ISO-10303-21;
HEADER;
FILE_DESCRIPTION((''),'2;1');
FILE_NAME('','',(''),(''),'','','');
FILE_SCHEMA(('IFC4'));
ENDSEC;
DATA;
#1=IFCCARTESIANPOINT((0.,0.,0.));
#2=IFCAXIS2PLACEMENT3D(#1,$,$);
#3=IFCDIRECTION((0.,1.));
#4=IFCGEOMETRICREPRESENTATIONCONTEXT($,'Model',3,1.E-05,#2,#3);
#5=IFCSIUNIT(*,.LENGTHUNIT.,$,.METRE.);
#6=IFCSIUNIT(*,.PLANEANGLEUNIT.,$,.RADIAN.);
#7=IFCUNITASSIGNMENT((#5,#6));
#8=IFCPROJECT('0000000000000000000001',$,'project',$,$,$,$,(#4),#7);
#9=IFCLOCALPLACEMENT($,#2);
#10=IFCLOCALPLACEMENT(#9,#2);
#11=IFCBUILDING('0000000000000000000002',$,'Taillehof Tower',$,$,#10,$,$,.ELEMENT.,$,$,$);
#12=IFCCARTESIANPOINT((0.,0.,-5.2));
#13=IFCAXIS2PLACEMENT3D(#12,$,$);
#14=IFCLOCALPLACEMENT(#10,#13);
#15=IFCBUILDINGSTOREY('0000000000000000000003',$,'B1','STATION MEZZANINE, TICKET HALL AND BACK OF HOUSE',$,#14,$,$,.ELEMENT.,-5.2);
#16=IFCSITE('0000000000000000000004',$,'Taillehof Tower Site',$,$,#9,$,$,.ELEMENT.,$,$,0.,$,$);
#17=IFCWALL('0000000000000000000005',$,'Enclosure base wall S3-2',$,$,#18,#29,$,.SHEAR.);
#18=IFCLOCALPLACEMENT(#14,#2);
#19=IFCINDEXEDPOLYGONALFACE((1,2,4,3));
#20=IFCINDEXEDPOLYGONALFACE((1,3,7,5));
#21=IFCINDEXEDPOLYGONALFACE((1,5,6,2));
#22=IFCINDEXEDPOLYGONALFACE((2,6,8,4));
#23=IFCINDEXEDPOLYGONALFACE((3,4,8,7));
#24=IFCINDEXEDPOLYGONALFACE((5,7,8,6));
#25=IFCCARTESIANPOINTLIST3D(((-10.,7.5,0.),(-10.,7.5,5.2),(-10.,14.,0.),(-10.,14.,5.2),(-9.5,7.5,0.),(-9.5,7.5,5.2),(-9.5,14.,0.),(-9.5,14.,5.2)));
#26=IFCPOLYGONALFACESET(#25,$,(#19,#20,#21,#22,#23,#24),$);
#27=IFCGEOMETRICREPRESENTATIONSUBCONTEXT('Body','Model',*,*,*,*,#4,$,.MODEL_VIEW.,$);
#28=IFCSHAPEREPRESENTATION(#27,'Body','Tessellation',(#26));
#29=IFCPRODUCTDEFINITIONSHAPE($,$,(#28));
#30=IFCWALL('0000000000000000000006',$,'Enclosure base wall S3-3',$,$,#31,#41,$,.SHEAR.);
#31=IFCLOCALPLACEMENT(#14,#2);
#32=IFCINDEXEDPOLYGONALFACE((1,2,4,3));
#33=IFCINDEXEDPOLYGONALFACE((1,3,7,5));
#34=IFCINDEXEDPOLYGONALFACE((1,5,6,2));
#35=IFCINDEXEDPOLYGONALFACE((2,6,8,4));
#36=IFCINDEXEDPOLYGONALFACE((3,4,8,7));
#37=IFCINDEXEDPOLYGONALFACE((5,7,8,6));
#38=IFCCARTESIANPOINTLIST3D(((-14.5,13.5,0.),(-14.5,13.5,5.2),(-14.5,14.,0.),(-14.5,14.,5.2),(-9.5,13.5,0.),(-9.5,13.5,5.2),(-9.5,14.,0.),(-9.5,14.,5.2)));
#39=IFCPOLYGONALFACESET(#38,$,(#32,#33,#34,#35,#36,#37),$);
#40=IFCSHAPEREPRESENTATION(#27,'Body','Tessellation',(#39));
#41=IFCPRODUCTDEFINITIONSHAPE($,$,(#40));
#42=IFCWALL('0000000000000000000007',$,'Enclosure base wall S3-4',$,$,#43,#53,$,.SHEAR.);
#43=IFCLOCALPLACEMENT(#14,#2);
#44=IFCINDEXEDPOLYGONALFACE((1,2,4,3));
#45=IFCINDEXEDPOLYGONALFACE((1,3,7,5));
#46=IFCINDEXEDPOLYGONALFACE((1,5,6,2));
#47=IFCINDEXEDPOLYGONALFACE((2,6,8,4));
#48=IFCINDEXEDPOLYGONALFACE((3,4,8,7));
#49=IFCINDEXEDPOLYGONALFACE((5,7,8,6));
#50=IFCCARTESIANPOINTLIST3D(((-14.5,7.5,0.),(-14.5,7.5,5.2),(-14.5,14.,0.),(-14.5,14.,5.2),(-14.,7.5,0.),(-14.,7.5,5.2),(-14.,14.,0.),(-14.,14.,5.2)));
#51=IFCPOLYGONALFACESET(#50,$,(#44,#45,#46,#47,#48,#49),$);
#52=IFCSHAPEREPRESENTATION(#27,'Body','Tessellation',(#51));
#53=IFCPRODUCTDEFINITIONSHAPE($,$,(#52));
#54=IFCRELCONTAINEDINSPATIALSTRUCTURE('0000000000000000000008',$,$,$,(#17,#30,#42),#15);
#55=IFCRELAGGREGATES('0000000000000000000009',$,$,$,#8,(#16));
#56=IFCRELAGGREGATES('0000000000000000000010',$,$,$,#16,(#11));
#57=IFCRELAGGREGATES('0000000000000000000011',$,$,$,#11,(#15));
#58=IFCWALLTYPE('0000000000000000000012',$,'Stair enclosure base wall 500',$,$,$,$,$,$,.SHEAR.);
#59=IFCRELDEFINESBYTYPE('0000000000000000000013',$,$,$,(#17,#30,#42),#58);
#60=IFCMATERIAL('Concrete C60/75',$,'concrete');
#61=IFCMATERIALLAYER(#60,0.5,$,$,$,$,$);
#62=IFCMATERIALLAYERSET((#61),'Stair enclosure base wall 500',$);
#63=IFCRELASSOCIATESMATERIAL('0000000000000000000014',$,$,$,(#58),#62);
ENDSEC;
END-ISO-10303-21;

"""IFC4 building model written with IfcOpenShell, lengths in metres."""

from ifc_helpers import new_model, si_unit, direction, frame, frame_2d, origin, place, context, subcontext, project, spatial, rectangle, extrude, material, layer, layer_set, type_object, element, save


model = new_model("IFC4")

# Units and contexts
model_context = context("Model", 3, precision=1e-05, world=origin(), true_north=direction((0.0, 1.0)))
body_context = subcontext(model_context, "Body", "Model", "MODEL_VIEW")
ifc_project = project(units=[si_unit("LENGTHUNIT", "METRE"), si_unit("PLANEANGLEUNIT", "RADIAN")], contexts=[model_context])

# Site, building, storey
site_placement = place(None, origin())
site = spatial("IfcSite", under=ifc_project, at=site_placement, Name="Taillehof Tower Site", CompositionType="ELEMENT", RefElevation=0.0)
building_placement = place(site_placement, origin())
building = spatial("IfcBuilding", under=site, at=building_placement, Name="Taillehof Tower", CompositionType="ELEMENT")
storey_placement = place(building_placement, frame((0.0, 0.0, -5.2)))
storey = spatial("IfcBuildingStorey", under=building, at=storey_placement, Name="B1", Description="STATION MEZZANINE, TICKET HALL AND BACK OF HOUSE", CompositionType="ELEMENT", Elevation=-5.2)

# Walls
ifc_material_1 = material(Name="Concrete C60/75", Category="concrete")
ifc_layer_1 = layer(ifc_material_1, 0.5)
ifc_layer_set_1 = layer_set([ifc_layer_1], Name="Stair enclosure base wall 500")
wall_type_1 = type_object("IfcWallType", Name="Stair enclosure base wall 500", PredefinedType="SHEAR", material=ifc_layer_set_1)
wall_1_placement = place(storey_placement, frame((-9.75, 7.5, 0.0), z_axis=(0.0, 0.0, 1.0), x_axis=(0.0, 1.0, 0.0)))
element("IfcWall", 1, at=wall_1_placement, inside=storey, type_object=wall_type_1, Name="Enclosure base wall S3-2", PredefinedType="SHEAR", context=body_context, shape_type="SweptSolid", body=[
    extrude(rectangle(XDim=6.5, YDim=0.5, at=frame_2d((3.25, 0.0))), origin(), (0.0, 0.0, 1.0), 5.2),
])
wall_2_placement = place(storey_placement, frame((-9.5, 13.75, 0.0), z_axis=(0.0, 0.0, 1.0), x_axis=(-1.0, 0.0, 0.0)))
element("IfcWall", 2, at=wall_2_placement, inside=storey, type_object=wall_type_1, Name="Enclosure base wall S3-3", PredefinedType="SHEAR", context=body_context, shape_type="SweptSolid", body=[
    extrude(rectangle(XDim=5.0, YDim=0.5, at=frame_2d((2.5, 0.0))), origin(), (0.0, 0.0, 1.0), 5.2),
])
wall_3_placement = place(storey_placement, frame((-14.25, 14.0, 0.0), z_axis=(0.0, 0.0, 1.0), x_axis=(0.0, -1.0, 0.0)))
element("IfcWall", 3, at=wall_3_placement, inside=storey, type_object=wall_type_1, Name="Enclosure base wall S3-4", PredefinedType="SHEAR", context=body_context, shape_type="SweptSolid", body=[
    extrude(rectangle(XDim=6.5, YDim=0.5, at=frame_2d((3.25, 0.0))), origin(), (0.0, 0.0, 1.0), 5.2),
])

save(model, "model.ifc")
